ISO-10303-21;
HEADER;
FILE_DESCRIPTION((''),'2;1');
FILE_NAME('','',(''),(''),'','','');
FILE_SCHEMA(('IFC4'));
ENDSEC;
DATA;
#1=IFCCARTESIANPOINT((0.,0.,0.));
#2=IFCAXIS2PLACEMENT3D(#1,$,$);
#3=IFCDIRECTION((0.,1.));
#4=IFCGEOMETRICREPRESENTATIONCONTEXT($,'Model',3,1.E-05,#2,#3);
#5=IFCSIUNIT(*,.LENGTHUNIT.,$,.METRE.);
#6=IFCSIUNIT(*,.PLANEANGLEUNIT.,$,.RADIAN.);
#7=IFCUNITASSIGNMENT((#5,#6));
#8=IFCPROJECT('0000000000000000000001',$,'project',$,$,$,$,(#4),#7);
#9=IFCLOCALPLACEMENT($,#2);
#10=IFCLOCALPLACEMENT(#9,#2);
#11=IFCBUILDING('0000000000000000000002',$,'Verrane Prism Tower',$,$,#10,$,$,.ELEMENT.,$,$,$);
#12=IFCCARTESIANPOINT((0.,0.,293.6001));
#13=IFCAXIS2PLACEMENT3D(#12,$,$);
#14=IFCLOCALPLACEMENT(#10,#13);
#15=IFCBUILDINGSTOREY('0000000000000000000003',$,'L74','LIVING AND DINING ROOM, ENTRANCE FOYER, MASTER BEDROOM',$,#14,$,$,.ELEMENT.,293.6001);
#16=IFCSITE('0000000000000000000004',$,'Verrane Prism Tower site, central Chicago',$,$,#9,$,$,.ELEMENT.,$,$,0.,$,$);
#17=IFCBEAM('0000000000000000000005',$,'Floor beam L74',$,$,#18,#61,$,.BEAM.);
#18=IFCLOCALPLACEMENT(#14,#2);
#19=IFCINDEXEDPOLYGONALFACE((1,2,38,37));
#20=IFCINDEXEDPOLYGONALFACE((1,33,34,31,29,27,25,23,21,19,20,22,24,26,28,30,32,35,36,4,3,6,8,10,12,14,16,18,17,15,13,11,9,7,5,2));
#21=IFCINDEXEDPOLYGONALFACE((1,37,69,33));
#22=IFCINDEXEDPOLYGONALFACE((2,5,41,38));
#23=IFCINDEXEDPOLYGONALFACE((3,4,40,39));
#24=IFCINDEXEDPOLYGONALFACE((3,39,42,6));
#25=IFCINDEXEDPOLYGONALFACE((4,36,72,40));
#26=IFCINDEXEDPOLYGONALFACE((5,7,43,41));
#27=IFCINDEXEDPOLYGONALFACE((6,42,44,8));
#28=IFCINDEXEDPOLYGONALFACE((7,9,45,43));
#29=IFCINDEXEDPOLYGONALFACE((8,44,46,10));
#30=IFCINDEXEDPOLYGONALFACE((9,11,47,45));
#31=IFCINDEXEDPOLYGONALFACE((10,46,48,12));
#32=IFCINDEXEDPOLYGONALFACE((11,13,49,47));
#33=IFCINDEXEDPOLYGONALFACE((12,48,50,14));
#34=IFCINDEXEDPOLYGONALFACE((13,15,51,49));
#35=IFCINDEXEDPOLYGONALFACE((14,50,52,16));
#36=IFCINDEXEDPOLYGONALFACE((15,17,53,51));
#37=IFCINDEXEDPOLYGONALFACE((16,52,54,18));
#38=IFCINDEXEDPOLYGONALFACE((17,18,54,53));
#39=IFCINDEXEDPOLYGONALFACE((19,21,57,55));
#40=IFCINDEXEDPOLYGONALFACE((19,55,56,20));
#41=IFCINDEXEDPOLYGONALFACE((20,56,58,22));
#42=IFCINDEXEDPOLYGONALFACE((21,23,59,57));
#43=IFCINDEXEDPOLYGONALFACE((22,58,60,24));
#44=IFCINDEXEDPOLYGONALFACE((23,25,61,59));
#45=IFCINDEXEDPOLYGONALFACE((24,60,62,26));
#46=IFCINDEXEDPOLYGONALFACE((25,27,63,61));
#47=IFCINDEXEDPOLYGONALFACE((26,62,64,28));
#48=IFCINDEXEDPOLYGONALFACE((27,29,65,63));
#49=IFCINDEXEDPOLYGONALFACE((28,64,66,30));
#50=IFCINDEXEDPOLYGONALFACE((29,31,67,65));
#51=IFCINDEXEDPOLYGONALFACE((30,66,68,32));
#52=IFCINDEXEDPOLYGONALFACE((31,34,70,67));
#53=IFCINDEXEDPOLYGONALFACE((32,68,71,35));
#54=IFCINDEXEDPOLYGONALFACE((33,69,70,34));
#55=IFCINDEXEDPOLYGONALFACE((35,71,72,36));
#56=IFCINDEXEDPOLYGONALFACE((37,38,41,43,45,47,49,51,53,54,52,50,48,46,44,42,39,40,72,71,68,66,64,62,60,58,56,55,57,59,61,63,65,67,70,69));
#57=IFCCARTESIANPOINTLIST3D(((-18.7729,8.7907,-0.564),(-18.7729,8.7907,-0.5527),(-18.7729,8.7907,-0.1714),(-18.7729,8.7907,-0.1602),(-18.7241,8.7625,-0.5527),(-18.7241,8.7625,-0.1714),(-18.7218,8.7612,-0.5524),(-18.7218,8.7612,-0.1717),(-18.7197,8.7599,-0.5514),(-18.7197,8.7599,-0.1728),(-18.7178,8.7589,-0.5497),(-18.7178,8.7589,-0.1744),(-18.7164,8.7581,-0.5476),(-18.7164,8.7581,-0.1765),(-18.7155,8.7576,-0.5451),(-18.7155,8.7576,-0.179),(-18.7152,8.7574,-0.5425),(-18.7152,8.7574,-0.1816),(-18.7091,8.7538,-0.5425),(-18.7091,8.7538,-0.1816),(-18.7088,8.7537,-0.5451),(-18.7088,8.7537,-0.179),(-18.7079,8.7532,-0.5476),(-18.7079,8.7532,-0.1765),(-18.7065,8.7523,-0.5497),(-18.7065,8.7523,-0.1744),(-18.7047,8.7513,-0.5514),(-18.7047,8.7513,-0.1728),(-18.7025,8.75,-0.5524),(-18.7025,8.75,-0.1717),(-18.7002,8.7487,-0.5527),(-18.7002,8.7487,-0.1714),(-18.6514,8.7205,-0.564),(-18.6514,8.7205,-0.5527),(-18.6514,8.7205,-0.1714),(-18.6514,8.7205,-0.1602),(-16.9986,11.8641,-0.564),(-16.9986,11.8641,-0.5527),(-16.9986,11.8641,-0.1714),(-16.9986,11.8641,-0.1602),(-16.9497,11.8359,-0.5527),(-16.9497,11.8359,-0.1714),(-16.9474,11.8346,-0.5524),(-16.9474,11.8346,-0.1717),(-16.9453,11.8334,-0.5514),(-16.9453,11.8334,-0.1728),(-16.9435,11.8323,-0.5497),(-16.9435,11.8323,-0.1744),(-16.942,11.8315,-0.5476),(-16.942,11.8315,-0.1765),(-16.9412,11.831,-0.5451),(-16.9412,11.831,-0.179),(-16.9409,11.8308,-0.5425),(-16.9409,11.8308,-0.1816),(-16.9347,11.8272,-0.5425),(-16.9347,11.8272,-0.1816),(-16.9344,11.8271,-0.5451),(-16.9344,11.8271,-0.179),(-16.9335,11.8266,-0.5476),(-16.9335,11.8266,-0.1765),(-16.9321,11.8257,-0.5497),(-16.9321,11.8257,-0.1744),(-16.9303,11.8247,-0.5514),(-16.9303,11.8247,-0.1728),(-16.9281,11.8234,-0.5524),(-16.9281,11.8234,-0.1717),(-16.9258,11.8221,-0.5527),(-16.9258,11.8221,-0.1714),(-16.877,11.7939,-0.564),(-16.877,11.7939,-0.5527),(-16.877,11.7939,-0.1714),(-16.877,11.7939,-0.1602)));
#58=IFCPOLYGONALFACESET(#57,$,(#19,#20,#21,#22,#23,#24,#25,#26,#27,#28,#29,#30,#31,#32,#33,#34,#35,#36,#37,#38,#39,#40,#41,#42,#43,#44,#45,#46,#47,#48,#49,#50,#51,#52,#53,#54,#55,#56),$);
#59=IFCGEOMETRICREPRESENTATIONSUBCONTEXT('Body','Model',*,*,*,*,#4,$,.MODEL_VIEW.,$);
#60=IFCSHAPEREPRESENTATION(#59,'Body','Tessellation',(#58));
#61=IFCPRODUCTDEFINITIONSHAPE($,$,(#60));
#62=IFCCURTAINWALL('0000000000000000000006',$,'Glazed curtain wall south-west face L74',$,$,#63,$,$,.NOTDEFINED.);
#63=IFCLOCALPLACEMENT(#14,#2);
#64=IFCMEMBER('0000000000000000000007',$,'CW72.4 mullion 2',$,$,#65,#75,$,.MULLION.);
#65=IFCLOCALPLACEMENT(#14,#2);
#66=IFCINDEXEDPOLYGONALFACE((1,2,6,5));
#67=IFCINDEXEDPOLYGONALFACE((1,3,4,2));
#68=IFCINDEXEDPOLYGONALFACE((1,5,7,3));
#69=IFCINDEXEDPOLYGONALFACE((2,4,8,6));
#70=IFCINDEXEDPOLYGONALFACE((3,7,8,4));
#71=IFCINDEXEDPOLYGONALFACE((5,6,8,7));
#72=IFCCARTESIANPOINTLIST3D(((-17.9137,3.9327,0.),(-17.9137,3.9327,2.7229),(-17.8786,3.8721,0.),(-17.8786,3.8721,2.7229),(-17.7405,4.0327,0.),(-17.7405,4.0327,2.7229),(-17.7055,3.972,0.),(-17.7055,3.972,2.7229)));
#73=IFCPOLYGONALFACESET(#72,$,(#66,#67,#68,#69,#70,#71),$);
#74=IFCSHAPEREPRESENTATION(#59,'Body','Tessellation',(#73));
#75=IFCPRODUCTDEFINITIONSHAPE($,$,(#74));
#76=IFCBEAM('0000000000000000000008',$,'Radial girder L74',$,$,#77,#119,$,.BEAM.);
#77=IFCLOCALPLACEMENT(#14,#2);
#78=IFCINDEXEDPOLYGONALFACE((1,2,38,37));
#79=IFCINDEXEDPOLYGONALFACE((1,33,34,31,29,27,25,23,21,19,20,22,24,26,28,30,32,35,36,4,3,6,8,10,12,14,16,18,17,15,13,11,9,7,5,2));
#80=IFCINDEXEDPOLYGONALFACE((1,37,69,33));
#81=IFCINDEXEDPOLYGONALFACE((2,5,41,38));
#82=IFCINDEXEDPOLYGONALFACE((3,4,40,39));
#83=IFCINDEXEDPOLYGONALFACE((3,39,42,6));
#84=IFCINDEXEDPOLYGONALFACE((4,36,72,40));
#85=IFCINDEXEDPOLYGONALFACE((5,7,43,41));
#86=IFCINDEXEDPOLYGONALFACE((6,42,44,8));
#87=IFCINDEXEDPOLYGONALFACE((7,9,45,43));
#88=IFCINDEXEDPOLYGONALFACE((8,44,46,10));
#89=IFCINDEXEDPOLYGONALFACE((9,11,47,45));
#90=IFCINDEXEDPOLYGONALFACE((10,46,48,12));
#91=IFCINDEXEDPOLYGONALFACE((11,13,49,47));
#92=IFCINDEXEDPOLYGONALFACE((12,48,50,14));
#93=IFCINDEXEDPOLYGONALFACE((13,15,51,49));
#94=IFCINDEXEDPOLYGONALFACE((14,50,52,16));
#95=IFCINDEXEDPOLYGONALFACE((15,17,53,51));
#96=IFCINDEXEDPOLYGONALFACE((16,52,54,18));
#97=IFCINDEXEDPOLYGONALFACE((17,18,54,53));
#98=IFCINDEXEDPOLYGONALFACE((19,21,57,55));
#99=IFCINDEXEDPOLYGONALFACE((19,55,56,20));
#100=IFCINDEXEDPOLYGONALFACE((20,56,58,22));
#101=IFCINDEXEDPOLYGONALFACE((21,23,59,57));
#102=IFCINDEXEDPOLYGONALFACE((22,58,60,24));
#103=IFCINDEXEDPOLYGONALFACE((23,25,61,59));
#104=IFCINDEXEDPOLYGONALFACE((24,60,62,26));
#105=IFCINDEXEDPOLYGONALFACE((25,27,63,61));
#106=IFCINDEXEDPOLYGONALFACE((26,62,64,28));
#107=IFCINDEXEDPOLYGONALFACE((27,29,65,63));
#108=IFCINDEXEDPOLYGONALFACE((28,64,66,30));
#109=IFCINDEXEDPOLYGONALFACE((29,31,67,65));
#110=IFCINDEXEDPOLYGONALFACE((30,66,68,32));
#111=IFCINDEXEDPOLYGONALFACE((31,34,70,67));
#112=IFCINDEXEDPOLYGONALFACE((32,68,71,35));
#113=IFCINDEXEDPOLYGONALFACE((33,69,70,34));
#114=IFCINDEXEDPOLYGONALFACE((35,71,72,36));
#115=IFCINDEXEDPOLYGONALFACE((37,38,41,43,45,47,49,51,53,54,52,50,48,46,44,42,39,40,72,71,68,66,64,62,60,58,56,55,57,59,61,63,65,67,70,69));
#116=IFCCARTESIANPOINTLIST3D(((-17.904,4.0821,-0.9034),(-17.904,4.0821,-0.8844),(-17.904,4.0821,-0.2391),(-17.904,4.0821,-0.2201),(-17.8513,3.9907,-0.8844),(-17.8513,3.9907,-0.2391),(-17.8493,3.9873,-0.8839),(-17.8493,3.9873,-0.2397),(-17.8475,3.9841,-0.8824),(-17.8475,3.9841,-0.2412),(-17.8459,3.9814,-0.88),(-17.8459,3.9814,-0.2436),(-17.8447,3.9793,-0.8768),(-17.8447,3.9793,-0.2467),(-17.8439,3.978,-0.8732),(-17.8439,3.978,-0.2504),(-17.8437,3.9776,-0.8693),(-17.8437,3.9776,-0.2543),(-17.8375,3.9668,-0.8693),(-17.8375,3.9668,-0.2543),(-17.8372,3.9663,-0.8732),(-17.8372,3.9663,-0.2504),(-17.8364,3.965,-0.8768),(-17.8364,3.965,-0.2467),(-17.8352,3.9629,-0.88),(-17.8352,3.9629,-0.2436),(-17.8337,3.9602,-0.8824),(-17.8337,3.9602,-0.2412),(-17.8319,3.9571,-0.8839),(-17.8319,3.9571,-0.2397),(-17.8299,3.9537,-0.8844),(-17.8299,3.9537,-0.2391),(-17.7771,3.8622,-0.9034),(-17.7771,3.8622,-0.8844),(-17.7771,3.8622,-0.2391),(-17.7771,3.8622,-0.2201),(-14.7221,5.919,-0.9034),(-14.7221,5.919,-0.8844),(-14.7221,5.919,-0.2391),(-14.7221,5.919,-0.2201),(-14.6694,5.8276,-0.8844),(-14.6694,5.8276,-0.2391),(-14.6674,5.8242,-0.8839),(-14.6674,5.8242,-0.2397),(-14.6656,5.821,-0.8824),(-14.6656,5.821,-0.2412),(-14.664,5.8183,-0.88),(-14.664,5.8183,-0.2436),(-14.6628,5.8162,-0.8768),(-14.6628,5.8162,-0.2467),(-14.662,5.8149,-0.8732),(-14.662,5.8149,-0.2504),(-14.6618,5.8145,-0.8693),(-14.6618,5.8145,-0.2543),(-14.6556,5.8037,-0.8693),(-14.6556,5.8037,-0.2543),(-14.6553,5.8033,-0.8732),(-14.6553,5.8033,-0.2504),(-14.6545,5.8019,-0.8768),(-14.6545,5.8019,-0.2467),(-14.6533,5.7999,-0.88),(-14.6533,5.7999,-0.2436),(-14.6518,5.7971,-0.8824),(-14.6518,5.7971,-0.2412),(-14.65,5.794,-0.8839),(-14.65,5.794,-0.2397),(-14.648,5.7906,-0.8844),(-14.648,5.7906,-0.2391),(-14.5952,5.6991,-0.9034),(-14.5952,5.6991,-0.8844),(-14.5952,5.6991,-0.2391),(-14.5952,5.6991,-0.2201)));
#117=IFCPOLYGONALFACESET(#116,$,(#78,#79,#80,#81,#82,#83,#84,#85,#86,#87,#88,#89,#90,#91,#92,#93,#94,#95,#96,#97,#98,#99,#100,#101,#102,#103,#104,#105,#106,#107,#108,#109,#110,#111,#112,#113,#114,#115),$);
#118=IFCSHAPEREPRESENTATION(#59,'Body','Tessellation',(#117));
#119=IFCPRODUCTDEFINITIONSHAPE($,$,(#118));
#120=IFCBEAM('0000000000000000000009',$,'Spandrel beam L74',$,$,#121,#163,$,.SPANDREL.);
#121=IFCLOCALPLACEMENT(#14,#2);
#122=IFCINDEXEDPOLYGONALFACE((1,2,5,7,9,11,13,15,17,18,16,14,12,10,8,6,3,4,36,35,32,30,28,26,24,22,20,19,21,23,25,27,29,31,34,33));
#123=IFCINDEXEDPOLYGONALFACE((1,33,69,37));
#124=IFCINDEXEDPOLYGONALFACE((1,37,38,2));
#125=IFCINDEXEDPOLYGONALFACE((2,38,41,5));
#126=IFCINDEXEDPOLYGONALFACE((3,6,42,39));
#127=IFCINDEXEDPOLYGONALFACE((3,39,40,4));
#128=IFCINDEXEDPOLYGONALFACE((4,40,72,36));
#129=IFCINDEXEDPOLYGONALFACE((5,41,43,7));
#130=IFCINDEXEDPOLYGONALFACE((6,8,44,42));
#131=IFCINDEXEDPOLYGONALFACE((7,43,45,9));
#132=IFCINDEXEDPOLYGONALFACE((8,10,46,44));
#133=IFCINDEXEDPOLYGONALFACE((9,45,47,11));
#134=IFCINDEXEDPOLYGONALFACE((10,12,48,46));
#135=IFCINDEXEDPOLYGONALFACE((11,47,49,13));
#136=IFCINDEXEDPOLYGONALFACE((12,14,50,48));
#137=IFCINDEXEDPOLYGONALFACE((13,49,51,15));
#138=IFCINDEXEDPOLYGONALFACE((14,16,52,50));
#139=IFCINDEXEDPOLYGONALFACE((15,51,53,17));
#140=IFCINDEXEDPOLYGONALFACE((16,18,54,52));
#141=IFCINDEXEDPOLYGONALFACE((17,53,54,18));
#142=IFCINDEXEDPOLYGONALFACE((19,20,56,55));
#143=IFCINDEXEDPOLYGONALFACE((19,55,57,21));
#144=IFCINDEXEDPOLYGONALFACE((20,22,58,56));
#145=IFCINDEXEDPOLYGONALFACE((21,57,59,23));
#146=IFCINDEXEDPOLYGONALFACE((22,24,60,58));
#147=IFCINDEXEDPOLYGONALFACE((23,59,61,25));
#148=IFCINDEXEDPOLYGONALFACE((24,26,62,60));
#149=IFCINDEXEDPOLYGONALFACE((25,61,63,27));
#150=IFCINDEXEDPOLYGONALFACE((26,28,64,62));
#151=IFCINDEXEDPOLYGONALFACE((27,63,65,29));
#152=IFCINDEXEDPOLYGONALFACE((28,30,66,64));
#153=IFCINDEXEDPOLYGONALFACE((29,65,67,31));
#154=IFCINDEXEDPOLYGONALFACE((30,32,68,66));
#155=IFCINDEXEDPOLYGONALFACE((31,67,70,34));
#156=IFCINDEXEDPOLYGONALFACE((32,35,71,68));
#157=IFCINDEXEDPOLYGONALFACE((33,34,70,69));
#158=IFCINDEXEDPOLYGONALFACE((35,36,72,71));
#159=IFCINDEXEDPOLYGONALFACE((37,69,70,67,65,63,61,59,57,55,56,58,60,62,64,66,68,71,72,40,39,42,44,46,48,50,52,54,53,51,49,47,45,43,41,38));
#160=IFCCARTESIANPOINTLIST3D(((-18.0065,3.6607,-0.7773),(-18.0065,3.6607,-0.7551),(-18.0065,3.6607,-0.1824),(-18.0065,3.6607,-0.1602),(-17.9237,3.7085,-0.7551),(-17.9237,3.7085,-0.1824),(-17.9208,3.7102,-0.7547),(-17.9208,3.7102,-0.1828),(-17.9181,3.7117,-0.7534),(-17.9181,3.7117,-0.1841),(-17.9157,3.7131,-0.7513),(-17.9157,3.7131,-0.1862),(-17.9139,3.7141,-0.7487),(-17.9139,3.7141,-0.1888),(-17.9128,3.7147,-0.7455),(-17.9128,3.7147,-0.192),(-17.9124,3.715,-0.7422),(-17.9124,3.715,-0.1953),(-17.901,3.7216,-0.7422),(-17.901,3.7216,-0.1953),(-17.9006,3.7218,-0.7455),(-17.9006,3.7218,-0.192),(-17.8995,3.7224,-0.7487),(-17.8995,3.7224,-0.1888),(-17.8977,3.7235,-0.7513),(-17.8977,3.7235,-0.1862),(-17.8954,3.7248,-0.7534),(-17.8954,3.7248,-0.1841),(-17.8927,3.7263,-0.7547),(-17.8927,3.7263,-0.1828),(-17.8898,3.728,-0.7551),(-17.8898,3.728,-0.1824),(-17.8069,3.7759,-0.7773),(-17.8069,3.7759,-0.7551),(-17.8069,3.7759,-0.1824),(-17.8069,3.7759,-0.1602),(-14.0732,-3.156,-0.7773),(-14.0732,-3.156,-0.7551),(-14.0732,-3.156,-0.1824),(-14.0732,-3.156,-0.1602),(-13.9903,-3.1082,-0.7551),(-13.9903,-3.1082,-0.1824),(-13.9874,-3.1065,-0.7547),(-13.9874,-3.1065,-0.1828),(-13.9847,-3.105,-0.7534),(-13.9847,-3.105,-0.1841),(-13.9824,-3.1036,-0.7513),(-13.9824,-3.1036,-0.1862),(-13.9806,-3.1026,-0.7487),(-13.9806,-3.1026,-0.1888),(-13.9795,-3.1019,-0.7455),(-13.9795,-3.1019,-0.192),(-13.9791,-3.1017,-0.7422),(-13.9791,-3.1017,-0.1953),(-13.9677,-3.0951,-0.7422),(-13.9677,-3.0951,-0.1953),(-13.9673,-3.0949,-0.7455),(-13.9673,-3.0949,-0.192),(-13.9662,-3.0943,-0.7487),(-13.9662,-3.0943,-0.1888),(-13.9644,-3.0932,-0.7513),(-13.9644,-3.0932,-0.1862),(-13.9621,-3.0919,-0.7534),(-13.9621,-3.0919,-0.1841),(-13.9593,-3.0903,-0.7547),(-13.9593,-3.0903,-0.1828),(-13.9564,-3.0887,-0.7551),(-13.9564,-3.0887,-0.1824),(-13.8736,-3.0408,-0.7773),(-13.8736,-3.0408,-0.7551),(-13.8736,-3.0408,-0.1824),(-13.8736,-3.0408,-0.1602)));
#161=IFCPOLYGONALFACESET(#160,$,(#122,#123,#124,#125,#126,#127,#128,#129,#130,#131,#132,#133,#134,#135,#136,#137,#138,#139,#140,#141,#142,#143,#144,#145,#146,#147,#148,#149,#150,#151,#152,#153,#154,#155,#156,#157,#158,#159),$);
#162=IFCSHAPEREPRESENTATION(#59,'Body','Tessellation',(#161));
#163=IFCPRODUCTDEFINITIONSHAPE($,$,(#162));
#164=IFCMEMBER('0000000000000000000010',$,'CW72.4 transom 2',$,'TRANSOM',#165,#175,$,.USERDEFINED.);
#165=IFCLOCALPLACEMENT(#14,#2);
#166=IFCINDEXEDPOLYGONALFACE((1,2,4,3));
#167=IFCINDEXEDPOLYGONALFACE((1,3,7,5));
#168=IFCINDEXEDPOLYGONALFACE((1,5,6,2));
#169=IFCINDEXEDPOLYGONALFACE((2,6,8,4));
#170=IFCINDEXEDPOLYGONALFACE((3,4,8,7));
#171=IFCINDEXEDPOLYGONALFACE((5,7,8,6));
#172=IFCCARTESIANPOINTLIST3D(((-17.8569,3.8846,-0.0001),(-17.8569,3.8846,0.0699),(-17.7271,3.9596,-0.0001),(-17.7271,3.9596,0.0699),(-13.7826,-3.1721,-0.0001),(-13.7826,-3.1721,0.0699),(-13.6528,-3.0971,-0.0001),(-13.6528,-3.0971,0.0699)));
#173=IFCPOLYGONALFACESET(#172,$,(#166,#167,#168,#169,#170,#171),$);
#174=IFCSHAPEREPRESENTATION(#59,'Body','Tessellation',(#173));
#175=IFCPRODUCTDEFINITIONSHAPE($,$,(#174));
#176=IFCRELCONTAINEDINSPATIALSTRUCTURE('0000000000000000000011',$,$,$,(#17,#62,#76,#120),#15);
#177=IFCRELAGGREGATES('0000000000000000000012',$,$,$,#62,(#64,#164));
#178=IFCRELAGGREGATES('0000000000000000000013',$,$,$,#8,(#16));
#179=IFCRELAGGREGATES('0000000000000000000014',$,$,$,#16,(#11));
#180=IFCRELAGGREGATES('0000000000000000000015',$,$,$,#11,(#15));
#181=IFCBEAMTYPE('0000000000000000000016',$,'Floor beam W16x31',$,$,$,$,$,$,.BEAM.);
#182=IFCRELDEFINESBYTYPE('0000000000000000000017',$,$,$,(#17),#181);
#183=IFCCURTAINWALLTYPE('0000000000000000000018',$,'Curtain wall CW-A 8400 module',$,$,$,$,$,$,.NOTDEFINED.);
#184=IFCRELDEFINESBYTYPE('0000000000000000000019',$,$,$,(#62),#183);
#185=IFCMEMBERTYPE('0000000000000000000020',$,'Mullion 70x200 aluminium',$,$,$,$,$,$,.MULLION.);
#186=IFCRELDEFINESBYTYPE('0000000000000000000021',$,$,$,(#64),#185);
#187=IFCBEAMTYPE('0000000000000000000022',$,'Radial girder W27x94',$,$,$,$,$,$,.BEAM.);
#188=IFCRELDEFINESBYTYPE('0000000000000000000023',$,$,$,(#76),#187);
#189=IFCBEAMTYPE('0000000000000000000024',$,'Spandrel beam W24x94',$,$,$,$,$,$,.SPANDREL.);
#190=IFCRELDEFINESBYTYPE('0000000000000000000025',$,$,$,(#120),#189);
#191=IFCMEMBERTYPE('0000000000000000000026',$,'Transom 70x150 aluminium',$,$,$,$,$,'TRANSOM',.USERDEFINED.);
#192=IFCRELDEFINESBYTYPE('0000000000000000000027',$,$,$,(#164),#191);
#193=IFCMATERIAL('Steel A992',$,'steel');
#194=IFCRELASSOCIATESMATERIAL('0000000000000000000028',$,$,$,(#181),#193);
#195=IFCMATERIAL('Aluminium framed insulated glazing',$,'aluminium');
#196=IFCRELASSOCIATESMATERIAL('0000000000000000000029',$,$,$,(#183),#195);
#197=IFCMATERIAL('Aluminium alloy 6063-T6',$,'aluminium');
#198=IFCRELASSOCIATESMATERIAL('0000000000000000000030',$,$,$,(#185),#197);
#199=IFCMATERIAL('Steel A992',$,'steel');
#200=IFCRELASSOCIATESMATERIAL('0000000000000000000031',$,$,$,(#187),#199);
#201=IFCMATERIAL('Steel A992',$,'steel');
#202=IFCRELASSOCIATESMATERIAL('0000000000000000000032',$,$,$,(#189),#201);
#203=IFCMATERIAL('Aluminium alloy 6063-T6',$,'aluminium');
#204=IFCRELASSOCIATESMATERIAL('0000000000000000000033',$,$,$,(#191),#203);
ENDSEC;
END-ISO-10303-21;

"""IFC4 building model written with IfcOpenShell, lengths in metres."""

from ifc_helpers import new_model, si_unit, direction, frame, origin, origin_2d, place, context, subcontext, project, spatial, rectangle, i_section, extrude, material, material_profile, profile_set, type_object, element, aggregate, save


model = new_model("IFC4")

# Units and contexts
model_context = context("Model", 3, precision=1e-05, world=origin(), true_north=direction((0.0, 1.0)))
body_context = subcontext(model_context, "Body", "Model", "MODEL_VIEW")
ifc_project = project(units=[si_unit("LENGTHUNIT", "METRE"), si_unit("PLANEANGLEUNIT", "RADIAN")], contexts=[model_context])

# Site, building, storey
site_placement = place(None, origin())
site = spatial("IfcSite", under=ifc_project, at=site_placement, Name="Verrane Prism Tower site, central Chicago", CompositionType="ELEMENT", RefElevation=0.0)
building_placement = place(site_placement, origin())
building = spatial("IfcBuilding", under=site, at=building_placement, Name="Verrane Prism Tower", CompositionType="ELEMENT")
storey_placement = place(building_placement, frame((0.0, 0.0, 293.6001)))
storey = spatial("IfcBuildingStorey", under=building, at=storey_placement, Name="L74", Description="LIVING AND DINING ROOM, ENTRANCE FOYER, MASTER BEDROOM", CompositionType="ELEMENT", Elevation=293.6001)

# Beam
ifc_material_1 = material(Name="Steel A992", Category="steel")
ifc_material_profile_1 = material_profile(ifc_material_1, i_section(OverallWidth=0.1404, OverallDepth=0.4038, WebThickness=0.0071, FlangeThickness=0.0112, FilletRadius=0.0103, at=origin_2d()), Name="W16x31")
ifc_profile_set_1 = profile_set([ifc_material_profile_1], Name="Steel A992")
beam_type_1 = type_object("IfcBeamType", Name="Floor beam W16x31", PredefinedType="BEAM", material=ifc_profile_set_1)
beam_1_placement = place(storey_placement, frame((-18.7122, 8.7556, -0.3621), z_axis=(0.499986, 0.866033, 0.0), x_axis=(-0.866033, 0.499986, 0.0)))
element("IfcBeam", 1, at=beam_1_placement, inside=storey, type_object=beam_type_1, Name="Floor beam L74", PredefinedType="BEAM", context=body_context, shape_type="SweptSolid", body=[
    extrude(i_section(OverallWidth=0.1404, OverallDepth=0.4038, WebThickness=0.0071, FlangeThickness=0.0112, FilletRadius=0.0103, at=origin_2d()), origin(), (0.0, 0.0, 1.0), 3.5488),
])

# Curtain wall, member
ifc_material_2 = material(Name="Aluminium framed insulated glazing", Category="aluminium")
curtain_wall_type = type_object("IfcCurtainWallType", Name="Curtain wall CW-A 8400 module", PredefinedType="NOTDEFINED", material=ifc_material_2)
curtain_wall_placement = place(storey_placement, origin())
curtain_wall = element("IfcCurtainWall", 2, at=curtain_wall_placement, inside=storey, type_object=curtain_wall_type, Name="Glazed curtain wall south-west face L74", PredefinedType="NOTDEFINED")
ifc_material_3 = material(Name="Aluminium alloy 6063-T6", Category="aluminium")
ifc_material_profile_2 = material_profile(ifc_material_3, rectangle(XDim=0.2, YDim=0.0701, at=origin_2d()), Name="Mullion 70x200 aluminium")
ifc_profile_set_2 = profile_set([ifc_material_profile_2], Name="Aluminium alloy 6063-T6")
member_type_1 = type_object("IfcMemberType", Name="Mullion 70x200 aluminium", PredefinedType="MULLION", material=ifc_profile_set_2)
member_1_placement = place(storey_placement, frame((-17.8096, 3.9524, 0.0), z_axis=(0.0, 0.0, 1.0), x_axis=(0.866025, 0.500001, 0.0)))
member_1 = element("IfcMember", 3, at=member_1_placement, type_object=member_type_1, Name="CW72.4 mullion 2", PredefinedType="MULLION", context=body_context, shape_type="SweptSolid", body=[
    extrude(rectangle(XDim=0.2, YDim=0.0701, at=origin_2d()), origin(), (0.0, 0.0, 1.0), 2.7229),
])

# Beams
ifc_material_4 = material(Name="Steel A992", Category="steel")
ifc_material_profile_3 = material_profile(ifc_material_4, i_section(OverallWidth=0.2539, OverallDepth=0.6833, WebThickness=0.0125, FlangeThickness=0.019, FilletRadius=0.0151, at=origin_2d()), Name="W27x94")
ifc_profile_set_3 = profile_set([ifc_material_profile_3], Name="Steel A992")
beam_type_2 = type_object("IfcBeamType", Name="Radial girder W27x94", PredefinedType="BEAM", material=ifc_profile_set_3)
beam_2_placement = place(storey_placement, frame((-17.8406, 3.9722, -0.5618), z_axis=(0.866043, 0.49997, 0.0), x_axis=(-0.49997, 0.866043, 0.0)))
element("IfcBeam", 4, at=beam_2_placement, inside=storey, type_object=beam_type_2, Name="Radial girder L74", PredefinedType="BEAM", context=body_context, shape_type="SweptSolid", body=[
    extrude(i_section(OverallWidth=0.2539, OverallDepth=0.6833, WebThickness=0.0125, FlangeThickness=0.019, FilletRadius=0.0151, at=origin_2d()), origin(), (0.0, 0.0, 1.0), 3.6741),
])
ifc_material_5 = material(Name="Steel A992", Category="steel")
ifc_material_profile_4 = material_profile(ifc_material_5, i_section(OverallWidth=0.2305, OverallDepth=0.6172, WebThickness=0.0132, FlangeThickness=0.0222, FilletRadius=0.0129, at=origin_2d()), Name="W24x94")
ifc_profile_set_4 = profile_set([ifc_material_profile_4], Name="Steel A992")
beam_type_3 = type_object("IfcBeamType", Name="Spandrel beam W24x94", PredefinedType="SPANDREL", material=ifc_profile_set_4)
beam_3_placement = place(storey_placement, frame((-17.9067, 3.7183, -0.4688), z_axis=(0.499786, -0.866149, 0.0), x_axis=(0.866149, 0.499786, 0.0)))
element("IfcBeam", 5, at=beam_3_placement, inside=storey, type_object=beam_type_3, Name="Spandrel beam L74", PredefinedType="SPANDREL", context=body_context, shape_type="SweptSolid", body=[
    extrude(i_section(OverallWidth=0.2305, OverallDepth=0.6172, WebThickness=0.0132, FlangeThickness=0.0222, FilletRadius=0.0129, at=origin_2d()), origin(), (0.0, 0.0, 1.0), 7.8701),
])

# Member
ifc_material_6 = material(Name="Aluminium alloy 6063-T6", Category="aluminium")
ifc_material_profile_5 = material_profile(ifc_material_6, rectangle(XDim=0.1499, YDim=0.0701, at=origin_2d()), Name="Transom 70x150 aluminium")
ifc_profile_set_5 = profile_set([ifc_material_profile_5], Name="Aluminium alloy 6063-T6")
member_type_2 = type_object("IfcMemberType", Name="Transom 70x150 aluminium", ElementType="TRANSOM", PredefinedType="USERDEFINED", material=ifc_profile_set_5)
member_2_placement = place(storey_placement, frame((-17.792, 3.9221, 0.0349), z_axis=(0.500006, -0.866022, 0.0), x_axis=(0.866022, 0.500006, 0.0)))
member_2 = element("IfcMember", 6, at=member_2_placement, type_object=member_type_2, Name="CW72.4 transom 2", ObjectType="TRANSOM", PredefinedType="USERDEFINED", context=body_context, shape_type="SweptSolid", body=[
    extrude(rectangle(XDim=0.1499, YDim=0.0701, at=origin_2d()), origin(), (0.0, 0.0, 1.0), 8.1484),
])

aggregate(curtain_wall, [member_1, member_2])

save(model, "model.ifc")
